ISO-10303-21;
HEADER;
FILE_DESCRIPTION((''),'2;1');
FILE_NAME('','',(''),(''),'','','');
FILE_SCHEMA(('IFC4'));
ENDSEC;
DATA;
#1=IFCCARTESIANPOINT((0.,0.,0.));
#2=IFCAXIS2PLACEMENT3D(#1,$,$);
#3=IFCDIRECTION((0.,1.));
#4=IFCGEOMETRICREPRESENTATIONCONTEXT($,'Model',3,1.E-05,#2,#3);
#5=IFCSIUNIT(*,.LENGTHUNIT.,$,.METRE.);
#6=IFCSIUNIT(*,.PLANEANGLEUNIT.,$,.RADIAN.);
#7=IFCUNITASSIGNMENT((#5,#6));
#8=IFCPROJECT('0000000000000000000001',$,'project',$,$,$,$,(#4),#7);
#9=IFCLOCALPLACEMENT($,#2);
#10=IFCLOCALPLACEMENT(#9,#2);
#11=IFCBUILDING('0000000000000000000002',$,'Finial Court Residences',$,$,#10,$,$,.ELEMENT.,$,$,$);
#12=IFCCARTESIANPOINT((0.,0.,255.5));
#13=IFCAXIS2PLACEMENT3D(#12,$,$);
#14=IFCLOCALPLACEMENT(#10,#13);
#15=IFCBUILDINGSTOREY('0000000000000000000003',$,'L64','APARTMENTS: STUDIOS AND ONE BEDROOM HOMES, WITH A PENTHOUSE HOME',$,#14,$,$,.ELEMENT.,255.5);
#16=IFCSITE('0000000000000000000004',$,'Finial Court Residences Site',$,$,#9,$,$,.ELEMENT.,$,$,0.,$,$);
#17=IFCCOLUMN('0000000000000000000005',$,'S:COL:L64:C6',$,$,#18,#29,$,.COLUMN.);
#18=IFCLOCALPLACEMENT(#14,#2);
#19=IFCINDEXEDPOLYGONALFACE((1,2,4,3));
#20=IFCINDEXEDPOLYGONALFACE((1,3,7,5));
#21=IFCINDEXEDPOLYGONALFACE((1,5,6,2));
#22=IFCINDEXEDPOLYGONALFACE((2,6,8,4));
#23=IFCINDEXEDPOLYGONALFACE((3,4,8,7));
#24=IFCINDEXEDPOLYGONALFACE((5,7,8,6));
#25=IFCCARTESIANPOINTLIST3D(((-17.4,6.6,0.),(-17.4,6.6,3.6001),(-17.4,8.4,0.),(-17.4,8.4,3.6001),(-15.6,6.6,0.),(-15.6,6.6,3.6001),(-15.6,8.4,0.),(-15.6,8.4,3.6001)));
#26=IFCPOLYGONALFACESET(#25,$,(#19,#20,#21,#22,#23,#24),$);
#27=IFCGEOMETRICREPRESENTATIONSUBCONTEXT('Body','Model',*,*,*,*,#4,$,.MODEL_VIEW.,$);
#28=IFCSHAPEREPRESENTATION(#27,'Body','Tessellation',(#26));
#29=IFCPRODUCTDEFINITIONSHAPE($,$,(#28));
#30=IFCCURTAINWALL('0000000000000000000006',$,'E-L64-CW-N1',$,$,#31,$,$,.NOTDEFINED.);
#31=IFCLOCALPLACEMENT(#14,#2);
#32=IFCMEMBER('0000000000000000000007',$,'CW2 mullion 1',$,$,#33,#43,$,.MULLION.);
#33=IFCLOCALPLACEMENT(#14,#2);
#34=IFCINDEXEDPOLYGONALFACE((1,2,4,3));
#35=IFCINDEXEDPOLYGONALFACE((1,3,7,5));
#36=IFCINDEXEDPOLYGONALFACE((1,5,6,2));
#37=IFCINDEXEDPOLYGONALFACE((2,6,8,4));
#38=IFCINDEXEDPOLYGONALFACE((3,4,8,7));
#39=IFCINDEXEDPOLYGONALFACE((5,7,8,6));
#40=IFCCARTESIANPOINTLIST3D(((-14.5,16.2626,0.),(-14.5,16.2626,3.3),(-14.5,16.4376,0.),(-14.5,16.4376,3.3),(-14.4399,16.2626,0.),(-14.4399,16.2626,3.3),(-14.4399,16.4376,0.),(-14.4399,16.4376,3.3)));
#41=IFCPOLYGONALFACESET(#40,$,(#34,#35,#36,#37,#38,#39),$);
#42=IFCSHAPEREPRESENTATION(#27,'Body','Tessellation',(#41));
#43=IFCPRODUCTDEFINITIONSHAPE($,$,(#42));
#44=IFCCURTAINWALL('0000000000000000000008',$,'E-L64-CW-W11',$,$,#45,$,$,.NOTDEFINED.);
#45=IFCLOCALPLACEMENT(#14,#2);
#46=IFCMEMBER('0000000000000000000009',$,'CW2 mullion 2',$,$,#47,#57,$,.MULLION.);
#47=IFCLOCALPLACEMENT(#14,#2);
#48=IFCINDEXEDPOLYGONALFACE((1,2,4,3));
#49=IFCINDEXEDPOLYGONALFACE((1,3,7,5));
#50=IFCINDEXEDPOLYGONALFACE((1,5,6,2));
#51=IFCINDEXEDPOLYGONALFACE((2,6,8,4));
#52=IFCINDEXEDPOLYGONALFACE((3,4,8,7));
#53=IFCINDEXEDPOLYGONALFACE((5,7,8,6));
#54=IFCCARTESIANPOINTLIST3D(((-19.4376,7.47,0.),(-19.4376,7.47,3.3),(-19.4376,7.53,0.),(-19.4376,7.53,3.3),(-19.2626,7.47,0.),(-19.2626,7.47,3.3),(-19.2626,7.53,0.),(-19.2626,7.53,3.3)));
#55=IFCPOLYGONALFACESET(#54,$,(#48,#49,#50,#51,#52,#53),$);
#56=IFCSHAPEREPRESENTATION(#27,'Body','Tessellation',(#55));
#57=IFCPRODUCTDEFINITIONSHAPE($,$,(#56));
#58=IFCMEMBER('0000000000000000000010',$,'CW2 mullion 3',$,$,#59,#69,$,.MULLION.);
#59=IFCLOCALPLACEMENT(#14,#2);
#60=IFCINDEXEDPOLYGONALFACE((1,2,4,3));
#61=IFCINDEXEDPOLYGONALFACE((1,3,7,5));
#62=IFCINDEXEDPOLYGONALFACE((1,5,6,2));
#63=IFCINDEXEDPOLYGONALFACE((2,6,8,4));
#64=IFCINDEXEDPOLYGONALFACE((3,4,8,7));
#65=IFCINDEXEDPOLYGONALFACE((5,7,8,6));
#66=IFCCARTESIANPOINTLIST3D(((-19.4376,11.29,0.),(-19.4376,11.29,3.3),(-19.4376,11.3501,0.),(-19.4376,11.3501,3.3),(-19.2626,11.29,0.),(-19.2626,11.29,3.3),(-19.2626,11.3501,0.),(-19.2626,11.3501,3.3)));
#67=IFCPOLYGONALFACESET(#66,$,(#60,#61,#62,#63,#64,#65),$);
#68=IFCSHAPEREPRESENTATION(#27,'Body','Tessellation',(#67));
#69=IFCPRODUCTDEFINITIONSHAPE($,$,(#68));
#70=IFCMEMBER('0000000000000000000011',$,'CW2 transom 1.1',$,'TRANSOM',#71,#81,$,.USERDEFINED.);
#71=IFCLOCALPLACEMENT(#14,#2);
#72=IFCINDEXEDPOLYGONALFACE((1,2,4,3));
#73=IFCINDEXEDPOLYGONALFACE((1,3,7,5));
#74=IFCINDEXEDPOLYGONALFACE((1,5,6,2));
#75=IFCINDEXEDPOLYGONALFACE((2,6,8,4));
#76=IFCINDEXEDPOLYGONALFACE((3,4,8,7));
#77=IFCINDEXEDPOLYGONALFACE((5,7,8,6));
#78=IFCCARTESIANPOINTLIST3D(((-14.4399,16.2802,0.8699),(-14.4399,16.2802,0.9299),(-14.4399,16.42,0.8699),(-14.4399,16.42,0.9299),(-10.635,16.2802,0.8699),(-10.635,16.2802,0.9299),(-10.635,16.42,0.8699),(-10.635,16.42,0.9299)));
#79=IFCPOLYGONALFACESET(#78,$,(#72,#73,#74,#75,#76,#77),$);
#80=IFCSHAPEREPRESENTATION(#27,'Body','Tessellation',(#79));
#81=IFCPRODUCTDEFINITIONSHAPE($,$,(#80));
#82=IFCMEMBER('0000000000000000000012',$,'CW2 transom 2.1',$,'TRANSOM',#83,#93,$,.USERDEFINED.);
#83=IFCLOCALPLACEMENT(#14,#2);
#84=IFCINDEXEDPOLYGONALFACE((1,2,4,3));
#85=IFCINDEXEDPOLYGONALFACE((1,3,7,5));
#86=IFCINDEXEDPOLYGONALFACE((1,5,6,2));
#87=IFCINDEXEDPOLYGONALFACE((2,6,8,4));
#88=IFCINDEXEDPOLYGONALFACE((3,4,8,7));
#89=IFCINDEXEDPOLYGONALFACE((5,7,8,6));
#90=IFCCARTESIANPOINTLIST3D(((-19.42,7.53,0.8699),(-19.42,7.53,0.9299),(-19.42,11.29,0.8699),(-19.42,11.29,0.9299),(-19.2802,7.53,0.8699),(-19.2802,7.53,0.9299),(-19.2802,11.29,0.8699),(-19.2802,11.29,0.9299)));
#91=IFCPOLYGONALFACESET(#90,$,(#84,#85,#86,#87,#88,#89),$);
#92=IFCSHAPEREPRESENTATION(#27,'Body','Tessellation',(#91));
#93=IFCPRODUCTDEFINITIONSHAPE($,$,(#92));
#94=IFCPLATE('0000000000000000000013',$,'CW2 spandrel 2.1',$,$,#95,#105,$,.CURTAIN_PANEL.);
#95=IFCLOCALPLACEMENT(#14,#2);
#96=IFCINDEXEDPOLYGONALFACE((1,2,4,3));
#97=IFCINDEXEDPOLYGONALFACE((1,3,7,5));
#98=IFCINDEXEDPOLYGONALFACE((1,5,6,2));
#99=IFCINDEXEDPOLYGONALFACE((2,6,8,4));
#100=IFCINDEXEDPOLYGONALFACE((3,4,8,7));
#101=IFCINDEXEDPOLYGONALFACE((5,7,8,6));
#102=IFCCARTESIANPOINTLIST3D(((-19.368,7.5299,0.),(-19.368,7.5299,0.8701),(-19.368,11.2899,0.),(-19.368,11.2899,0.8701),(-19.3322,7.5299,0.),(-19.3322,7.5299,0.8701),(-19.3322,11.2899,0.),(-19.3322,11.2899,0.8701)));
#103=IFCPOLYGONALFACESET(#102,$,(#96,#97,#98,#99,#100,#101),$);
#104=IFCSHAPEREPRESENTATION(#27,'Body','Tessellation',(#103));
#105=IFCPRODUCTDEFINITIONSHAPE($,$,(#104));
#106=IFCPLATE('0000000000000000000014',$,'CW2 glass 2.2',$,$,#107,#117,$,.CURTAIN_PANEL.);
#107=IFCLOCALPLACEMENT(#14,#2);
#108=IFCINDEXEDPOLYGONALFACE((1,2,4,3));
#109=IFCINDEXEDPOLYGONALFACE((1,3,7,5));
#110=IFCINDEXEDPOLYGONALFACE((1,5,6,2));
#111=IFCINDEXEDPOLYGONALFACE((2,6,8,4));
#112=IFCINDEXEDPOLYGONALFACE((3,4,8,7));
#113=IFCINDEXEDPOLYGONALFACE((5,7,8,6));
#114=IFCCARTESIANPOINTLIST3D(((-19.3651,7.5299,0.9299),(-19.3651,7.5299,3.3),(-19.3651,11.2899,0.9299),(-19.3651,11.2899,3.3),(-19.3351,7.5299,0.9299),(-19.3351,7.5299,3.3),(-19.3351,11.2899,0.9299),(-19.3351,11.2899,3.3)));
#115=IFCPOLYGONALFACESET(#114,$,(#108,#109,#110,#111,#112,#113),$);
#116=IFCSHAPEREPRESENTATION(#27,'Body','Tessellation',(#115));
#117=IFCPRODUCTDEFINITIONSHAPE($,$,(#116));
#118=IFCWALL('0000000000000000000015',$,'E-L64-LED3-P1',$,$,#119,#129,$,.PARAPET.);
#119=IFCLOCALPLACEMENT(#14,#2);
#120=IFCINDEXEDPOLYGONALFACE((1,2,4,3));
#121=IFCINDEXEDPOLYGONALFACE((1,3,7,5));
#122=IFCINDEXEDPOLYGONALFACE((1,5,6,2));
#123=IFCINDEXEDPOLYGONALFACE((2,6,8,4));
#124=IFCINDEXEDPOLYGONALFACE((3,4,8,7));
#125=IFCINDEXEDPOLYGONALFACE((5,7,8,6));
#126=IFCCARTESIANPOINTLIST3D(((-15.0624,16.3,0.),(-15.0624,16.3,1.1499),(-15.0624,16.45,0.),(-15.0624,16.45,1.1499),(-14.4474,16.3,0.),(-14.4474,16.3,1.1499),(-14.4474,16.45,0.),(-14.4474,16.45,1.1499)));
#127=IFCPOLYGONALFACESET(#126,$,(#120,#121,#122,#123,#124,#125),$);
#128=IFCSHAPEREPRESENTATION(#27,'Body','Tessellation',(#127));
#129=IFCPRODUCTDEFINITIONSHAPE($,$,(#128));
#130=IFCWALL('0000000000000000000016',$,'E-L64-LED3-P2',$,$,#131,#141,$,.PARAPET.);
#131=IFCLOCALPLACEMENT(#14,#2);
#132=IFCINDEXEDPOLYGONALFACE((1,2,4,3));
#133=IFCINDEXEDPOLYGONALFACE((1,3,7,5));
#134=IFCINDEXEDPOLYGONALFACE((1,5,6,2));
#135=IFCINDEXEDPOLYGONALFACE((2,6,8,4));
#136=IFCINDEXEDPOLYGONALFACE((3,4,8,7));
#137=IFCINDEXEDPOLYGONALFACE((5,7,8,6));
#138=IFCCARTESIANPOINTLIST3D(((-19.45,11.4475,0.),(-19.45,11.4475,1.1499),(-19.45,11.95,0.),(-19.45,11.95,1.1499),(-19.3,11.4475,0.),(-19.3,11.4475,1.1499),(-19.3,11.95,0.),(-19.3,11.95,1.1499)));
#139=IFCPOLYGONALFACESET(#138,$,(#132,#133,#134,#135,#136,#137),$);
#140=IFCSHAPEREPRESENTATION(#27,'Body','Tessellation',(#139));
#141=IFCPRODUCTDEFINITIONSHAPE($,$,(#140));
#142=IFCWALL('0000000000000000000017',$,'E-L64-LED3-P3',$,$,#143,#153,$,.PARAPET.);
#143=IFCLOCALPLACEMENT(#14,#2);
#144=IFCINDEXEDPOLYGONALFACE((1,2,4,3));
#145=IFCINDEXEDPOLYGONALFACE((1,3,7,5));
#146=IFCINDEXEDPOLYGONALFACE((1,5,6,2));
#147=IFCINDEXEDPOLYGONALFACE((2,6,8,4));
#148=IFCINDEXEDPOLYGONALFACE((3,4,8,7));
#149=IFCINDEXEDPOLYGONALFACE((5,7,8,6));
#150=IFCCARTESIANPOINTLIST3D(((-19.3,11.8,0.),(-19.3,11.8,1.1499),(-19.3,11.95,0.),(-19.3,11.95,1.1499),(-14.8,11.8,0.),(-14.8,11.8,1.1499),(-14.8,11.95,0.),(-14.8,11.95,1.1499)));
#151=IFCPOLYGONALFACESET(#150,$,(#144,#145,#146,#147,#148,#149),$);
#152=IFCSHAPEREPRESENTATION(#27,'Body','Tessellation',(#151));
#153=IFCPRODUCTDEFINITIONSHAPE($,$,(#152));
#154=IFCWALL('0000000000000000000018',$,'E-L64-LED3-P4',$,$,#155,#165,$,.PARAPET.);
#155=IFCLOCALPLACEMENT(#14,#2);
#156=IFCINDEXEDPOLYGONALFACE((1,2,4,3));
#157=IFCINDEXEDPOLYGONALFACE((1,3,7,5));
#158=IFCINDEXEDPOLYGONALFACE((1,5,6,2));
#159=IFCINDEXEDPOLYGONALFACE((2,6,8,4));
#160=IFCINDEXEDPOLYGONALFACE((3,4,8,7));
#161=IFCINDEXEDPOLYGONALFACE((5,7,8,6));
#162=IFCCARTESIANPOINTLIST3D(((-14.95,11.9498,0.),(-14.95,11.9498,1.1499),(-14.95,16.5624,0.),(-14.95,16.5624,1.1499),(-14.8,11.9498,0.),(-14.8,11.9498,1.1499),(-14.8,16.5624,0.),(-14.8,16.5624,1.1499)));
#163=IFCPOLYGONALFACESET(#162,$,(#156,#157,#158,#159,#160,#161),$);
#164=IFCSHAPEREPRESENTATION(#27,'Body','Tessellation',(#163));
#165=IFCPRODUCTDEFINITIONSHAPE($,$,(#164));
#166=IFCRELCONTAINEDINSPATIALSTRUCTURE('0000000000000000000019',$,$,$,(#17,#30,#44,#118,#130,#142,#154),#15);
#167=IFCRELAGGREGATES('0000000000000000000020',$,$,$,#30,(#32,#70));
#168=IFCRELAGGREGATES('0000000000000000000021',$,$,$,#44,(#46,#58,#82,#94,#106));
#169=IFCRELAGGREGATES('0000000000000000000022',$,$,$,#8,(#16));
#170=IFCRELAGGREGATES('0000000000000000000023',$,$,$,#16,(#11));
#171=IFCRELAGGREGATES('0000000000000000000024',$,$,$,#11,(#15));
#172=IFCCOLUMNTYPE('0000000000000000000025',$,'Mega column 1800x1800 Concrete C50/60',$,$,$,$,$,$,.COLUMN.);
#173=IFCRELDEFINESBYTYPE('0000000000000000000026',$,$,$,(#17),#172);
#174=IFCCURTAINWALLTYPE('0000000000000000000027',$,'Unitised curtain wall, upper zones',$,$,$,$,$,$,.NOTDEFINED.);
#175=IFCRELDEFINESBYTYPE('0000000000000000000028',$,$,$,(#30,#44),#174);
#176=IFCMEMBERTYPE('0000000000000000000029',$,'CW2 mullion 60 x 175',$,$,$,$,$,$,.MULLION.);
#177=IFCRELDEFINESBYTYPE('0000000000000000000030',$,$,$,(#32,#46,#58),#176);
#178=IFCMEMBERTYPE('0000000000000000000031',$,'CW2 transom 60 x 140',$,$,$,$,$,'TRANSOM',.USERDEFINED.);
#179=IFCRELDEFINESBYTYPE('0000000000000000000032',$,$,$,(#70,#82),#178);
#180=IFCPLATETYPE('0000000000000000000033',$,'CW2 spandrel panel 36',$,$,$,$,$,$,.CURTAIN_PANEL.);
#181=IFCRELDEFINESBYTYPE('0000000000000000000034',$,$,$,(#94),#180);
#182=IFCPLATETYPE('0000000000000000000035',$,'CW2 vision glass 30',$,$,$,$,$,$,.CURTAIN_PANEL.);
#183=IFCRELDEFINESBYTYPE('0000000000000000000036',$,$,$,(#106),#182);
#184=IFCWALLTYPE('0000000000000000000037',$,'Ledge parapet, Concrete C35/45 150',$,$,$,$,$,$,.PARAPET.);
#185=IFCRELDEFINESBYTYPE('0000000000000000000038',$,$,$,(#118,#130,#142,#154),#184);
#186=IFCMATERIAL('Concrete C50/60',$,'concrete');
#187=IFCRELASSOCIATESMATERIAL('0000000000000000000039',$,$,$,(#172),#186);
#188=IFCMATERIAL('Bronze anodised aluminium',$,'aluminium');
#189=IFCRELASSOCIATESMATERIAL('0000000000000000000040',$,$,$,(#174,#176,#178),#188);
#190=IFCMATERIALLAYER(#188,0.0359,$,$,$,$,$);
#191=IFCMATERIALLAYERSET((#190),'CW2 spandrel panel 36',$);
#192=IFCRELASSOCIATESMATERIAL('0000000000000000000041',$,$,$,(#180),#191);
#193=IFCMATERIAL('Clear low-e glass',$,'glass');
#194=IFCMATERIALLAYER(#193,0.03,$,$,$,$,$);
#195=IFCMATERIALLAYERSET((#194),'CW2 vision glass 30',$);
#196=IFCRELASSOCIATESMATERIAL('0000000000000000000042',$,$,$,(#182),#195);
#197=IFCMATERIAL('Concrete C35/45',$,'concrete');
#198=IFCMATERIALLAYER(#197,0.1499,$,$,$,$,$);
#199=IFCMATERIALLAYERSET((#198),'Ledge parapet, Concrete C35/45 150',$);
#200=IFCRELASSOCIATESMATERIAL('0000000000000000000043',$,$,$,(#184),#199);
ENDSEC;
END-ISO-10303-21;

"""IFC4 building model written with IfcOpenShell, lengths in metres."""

from ifc_helpers import new_model, si_unit, direction, frame, frame_2d, origin, origin_2d, place, context, subcontext, project, spatial, rectangle, extrude, material, layer, layer_set, material_profile, profile_set, type_object, element, aggregate, save


model = new_model("IFC4")

# Units and contexts
model_context = context("Model", 3, precision=1e-05, world=origin(), true_north=direction((0.0, 1.0)))
body_context = subcontext(model_context, "Body", "Model", "MODEL_VIEW")
ifc_project = project(units=[si_unit("LENGTHUNIT", "METRE"), si_unit("PLANEANGLEUNIT", "RADIAN")], contexts=[model_context])

# Site, building, storey
site_placement = place(None, origin())
site = spatial("IfcSite", under=ifc_project, at=site_placement, Name="Finial Court Residences Site", CompositionType="ELEMENT", RefElevation=0.0)
building_placement = place(site_placement, origin())
building = spatial("IfcBuilding", under=site, at=building_placement, Name="Finial Court Residences", CompositionType="ELEMENT")
storey_placement = place(building_placement, frame((0.0, 0.0, 255.5)))
storey = spatial("IfcBuildingStorey", under=building, at=storey_placement, Name="L64", Description="APARTMENTS: STUDIOS AND ONE BEDROOM HOMES, WITH A PENTHOUSE HOME", CompositionType="ELEMENT", Elevation=255.5)

# Column
ifc_material_1 = material(Name="Concrete C50/60", Category="concrete")
ifc_material_profile_1 = material_profile(ifc_material_1, rectangle(XDim=1.8, YDim=1.8, at=origin_2d()), Name="1800x1800")
ifc_profile_set_1 = profile_set([ifc_material_profile_1], Name="Concrete C50/60")
column_type = type_object("IfcColumnType", Name="Mega column 1800x1800 Concrete C50/60", PredefinedType="COLUMN", material=ifc_profile_set_1)
column_placement = place(storey_placement, frame((-16.5, 7.5, 0.0), z_axis=(0.0, 0.0, 1.0), x_axis=(1.0, 0.0, 0.0)))
element("IfcColumn", 1, at=column_placement, inside=storey, type_object=column_type, Name="S:COL:L64:C6", PredefinedType="COLUMN", context=body_context, shape_type="SweptSolid", body=[
    extrude(rectangle(XDim=1.8, YDim=1.8, at=origin_2d()), origin(), (0.0, 0.0, 1.0), 3.6001),
])

# Curtain wall, member
ifc_material_2 = material(Name="Bronze anodised aluminium", Category="aluminium")
curtain_wall_type = type_object("IfcCurtainWallType", Name="Unitised curtain wall, upper zones", PredefinedType="NOTDEFINED", material=ifc_material_2)
curtain_wall_1_placement = place(storey_placement, origin())
curtain_wall_1 = element("IfcCurtainWall", 2, at=curtain_wall_1_placement, inside=storey, type_object=curtain_wall_type, Name="E-L64-CW-N1", PredefinedType="NOTDEFINED")
ifc_material_profile_2 = material_profile(ifc_material_2, rectangle(XDim=0.175, YDim=0.0601, at=origin_2d()), Name="CW2 mullion 60 x 175")
ifc_profile_set_2 = profile_set([ifc_material_profile_2], Name="Bronze anodised aluminium")
member_type_1 = type_object("IfcMemberType", Name="CW2 mullion 60 x 175", PredefinedType="MULLION", material=ifc_profile_set_2)
member_1_placement = place(storey_placement, frame((-14.47, 16.3501, 0.0), z_axis=(0.0, 0.0, 1.0), x_axis=(0.0, 1.0, 0.0)))
member_1 = element("IfcMember", 3, at=member_1_placement, type_object=member_type_1, Name="CW2 mullion 1", PredefinedType="MULLION", context=body_context, shape_type="SweptSolid", body=[
    extrude(rectangle(XDim=0.175, YDim=0.0601, at=origin_2d()), origin(), (0.0, 0.0, 1.0), 3.3),
])

# Curtain wall, members
curtain_wall_2_placement = place(storey_placement, origin())
curtain_wall_2 = element("IfcCurtainWall", 4, at=curtain_wall_2_placement, inside=storey, type_object=curtain_wall_type, Name="E-L64-CW-W11", PredefinedType="NOTDEFINED")
member_2_placement = place(storey_placement, frame((-19.3501, 7.5, 0.0), z_axis=(0.0, 0.0, 1.0), x_axis=(-1.0, 0.0, 0.0)))
member_2 = element("IfcMember", 5, at=member_2_placement, type_object=member_type_1, Name="CW2 mullion 2", PredefinedType="MULLION", context=body_context, shape_type="SweptSolid", body=[
    extrude(rectangle(XDim=0.175, YDim=0.0601, at=origin_2d()), origin(), (0.0, 0.0, 1.0), 3.3),
])
member_3_placement = place(storey_placement, frame((-19.3501, 11.3201, 0.0), z_axis=(0.0, 0.0, 1.0), x_axis=(-1.0, 0.0, 0.0)))
member_3 = element("IfcMember", 6, at=member_3_placement, type_object=member_type_1, Name="CW2 mullion 3", PredefinedType="MULLION", context=body_context, shape_type="SweptSolid", body=[
    extrude(rectangle(XDim=0.175, YDim=0.0601, at=origin_2d()), origin(), (0.0, 0.0, 1.0), 3.3),
])

# Members
ifc_material_profile_3 = material_profile(ifc_material_2, rectangle(XDim=0.1399, YDim=0.0601, at=origin_2d()), Name="CW2 transom 60 x 140")
ifc_profile_set_3 = profile_set([ifc_material_profile_3], Name="Bronze anodised aluminium")
member_type_2 = type_object("IfcMemberType", Name="CW2 transom 60 x 140", ElementType="TRANSOM", PredefinedType="USERDEFINED", material=ifc_profile_set_3)
member_4_placement = place(storey_placement, frame((-14.4399, 16.3501, 0.8999), z_axis=(1.0, 0.0, 0.0), x_axis=(0.0, 1.0, 0.0)))
member_4 = element("IfcMember", 7, at=member_4_placement, type_object=member_type_2, Name="CW2 transom 1.1", ObjectType="TRANSOM", PredefinedType="USERDEFINED", context=body_context, shape_type="SweptSolid", body=[
    extrude(rectangle(XDim=0.1399, YDim=0.0601, at=origin_2d()), origin(), (0.0, 0.0, 1.0), 3.8049),
])
aggregate(curtain_wall_1, [member_1, member_4])
member_5_placement = place(storey_placement, frame((-19.3501, 7.53, 0.8999), z_axis=(0.0, 1.0, 0.0), x_axis=(-1.0, 0.0, 0.0)))
member_5 = element("IfcMember", 8, at=member_5_placement, type_object=member_type_2, Name="CW2 transom 2.1", ObjectType="TRANSOM", PredefinedType="USERDEFINED", context=body_context, shape_type="SweptSolid", body=[
    extrude(rectangle(XDim=0.1399, YDim=0.0601, at=origin_2d()), origin(), (0.0, 0.0, 1.0), 3.76),
])

# Plates
ifc_layer_1 = layer(ifc_material_2, 0.0359)
ifc_layer_set_1 = layer_set([ifc_layer_1], Name="CW2 spandrel panel 36")
plate_type_1 = type_object("IfcPlateType", Name="CW2 spandrel panel 36", PredefinedType="CURTAIN_PANEL", material=ifc_layer_set_1)
plate_1_placement = place(storey_placement, frame((-19.3501, 9.4099, 0.0), z_axis=(0.0, 0.0, 1.0), x_axis=(0.0, 1.0, 0.0)))
plate_1 = element("IfcPlate", 9, at=plate_1_placement, type_object=plate_type_1, Name="CW2 spandrel 2.1", PredefinedType="CURTAIN_PANEL", context=body_context, shape_type="SweptSolid", body=[
    extrude(rectangle(XDim=3.76, YDim=0.0359, at=origin_2d()), origin(), (0.0, 0.0, 1.0), 0.8701),
])
ifc_material_3 = material(Name="Clear low-e glass", Category="glass")
ifc_layer_2 = layer(ifc_material_3, 0.03)
ifc_layer_set_2 = layer_set([ifc_layer_2], Name="CW2 vision glass 30")
plate_type_2 = type_object("IfcPlateType", Name="CW2 vision glass 30", PredefinedType="CURTAIN_PANEL", material=ifc_layer_set_2)
plate_2_placement = place(storey_placement, frame((-19.3501, 9.4099, 0.9299), z_axis=(0.0, 0.0, 1.0), x_axis=(0.0, 1.0, 0.0)))
plate_2 = element("IfcPlate", 10, at=plate_2_placement, type_object=plate_type_2, Name="CW2 glass 2.2", PredefinedType="CURTAIN_PANEL", context=body_context, shape_type="SweptSolid", body=[
    extrude(rectangle(XDim=3.76, YDim=0.03, at=origin_2d()), origin(), (0.0, 0.0, 1.0), 2.3701),
])
aggregate(curtain_wall_2, [member_2, member_3, member_5, plate_1, plate_2])

# Walls
ifc_material_4 = material(Name="Concrete C35/45", Category="concrete")
ifc_layer_3 = layer(ifc_material_4, 0.1499)
ifc_layer_set_3 = layer_set([ifc_layer_3], Name="Ledge parapet, Concrete C35/45 150")
wall_type_1 = type_object("IfcWallType", Name="Ledge parapet, Concrete C35/45 150", PredefinedType="PARAPET", material=ifc_layer_set_3)
wall_1_placement = place(storey_placement, frame((-15.0625, 16.375, 0.0), z_axis=(0.0, 0.0, 1.0), x_axis=(1.0, 0.0, 0.0)))
element("IfcWall", 11, at=wall_1_placement, inside=storey, type_object=wall_type_1, Name="E-L64-LED3-P1", PredefinedType="PARAPET", context=body_context, shape_type="SweptSolid", body=[
    extrude(rectangle(XDim=0.615, YDim=0.1499, at=frame_2d((0.3076, 0.0))), origin(), (0.0, 0.0, 1.0), 1.1499),
])
wall_2_placement = place(storey_placement, frame((-19.375, 11.4475, 0.0), z_axis=(0.0, 0.0, 1.0), x_axis=(0.0, 1.0, 0.0)))
element("IfcWall", 12, at=wall_2_placement, inside=storey, type_object=wall_type_1, Name="E-L64-LED3-P2", PredefinedType="PARAPET", context=body_context, shape_type="SweptSolid", body=[
    extrude(rectangle(XDim=0.5024, YDim=0.1499, at=frame_2d((0.2512, 0.0))), origin(), (0.0, 0.0, 1.0), 1.1499),
])
wall_3_placement = place(storey_placement, frame((-19.3, 11.875, 0.0), z_axis=(0.0, 0.0, 1.0), x_axis=(1.0, 0.0, 0.0)))
element("IfcWall", 13, at=wall_3_placement, inside=storey, type_object=wall_type_1, Name="E-L64-LED3-P3", PredefinedType="PARAPET", context=body_context, shape_type="SweptSolid", body=[
    extrude(rectangle(XDim=4.5, YDim=0.1499, at=frame_2d((2.25, 0.0))), origin(), (0.0, 0.0, 1.0), 1.1499),
])
wall_4_placement = place(storey_placement, frame((-14.875, 11.95, 0.0), z_axis=(0.0, 0.0, 1.0), x_axis=(0.0, 1.0, 0.0)))
element("IfcWall", 14, at=wall_4_placement, inside=storey, type_object=wall_type_1, Name="E-L64-LED3-P4", PredefinedType="PARAPET", context=body_context, shape_type="SweptSolid", body=[
    extrude(rectangle(XDim=4.6125, YDim=0.1499, at=frame_2d((2.3062, 0.0))), origin(), (0.0, 0.0, 1.0), 1.1499),
])

save(model, "model.ifc")
